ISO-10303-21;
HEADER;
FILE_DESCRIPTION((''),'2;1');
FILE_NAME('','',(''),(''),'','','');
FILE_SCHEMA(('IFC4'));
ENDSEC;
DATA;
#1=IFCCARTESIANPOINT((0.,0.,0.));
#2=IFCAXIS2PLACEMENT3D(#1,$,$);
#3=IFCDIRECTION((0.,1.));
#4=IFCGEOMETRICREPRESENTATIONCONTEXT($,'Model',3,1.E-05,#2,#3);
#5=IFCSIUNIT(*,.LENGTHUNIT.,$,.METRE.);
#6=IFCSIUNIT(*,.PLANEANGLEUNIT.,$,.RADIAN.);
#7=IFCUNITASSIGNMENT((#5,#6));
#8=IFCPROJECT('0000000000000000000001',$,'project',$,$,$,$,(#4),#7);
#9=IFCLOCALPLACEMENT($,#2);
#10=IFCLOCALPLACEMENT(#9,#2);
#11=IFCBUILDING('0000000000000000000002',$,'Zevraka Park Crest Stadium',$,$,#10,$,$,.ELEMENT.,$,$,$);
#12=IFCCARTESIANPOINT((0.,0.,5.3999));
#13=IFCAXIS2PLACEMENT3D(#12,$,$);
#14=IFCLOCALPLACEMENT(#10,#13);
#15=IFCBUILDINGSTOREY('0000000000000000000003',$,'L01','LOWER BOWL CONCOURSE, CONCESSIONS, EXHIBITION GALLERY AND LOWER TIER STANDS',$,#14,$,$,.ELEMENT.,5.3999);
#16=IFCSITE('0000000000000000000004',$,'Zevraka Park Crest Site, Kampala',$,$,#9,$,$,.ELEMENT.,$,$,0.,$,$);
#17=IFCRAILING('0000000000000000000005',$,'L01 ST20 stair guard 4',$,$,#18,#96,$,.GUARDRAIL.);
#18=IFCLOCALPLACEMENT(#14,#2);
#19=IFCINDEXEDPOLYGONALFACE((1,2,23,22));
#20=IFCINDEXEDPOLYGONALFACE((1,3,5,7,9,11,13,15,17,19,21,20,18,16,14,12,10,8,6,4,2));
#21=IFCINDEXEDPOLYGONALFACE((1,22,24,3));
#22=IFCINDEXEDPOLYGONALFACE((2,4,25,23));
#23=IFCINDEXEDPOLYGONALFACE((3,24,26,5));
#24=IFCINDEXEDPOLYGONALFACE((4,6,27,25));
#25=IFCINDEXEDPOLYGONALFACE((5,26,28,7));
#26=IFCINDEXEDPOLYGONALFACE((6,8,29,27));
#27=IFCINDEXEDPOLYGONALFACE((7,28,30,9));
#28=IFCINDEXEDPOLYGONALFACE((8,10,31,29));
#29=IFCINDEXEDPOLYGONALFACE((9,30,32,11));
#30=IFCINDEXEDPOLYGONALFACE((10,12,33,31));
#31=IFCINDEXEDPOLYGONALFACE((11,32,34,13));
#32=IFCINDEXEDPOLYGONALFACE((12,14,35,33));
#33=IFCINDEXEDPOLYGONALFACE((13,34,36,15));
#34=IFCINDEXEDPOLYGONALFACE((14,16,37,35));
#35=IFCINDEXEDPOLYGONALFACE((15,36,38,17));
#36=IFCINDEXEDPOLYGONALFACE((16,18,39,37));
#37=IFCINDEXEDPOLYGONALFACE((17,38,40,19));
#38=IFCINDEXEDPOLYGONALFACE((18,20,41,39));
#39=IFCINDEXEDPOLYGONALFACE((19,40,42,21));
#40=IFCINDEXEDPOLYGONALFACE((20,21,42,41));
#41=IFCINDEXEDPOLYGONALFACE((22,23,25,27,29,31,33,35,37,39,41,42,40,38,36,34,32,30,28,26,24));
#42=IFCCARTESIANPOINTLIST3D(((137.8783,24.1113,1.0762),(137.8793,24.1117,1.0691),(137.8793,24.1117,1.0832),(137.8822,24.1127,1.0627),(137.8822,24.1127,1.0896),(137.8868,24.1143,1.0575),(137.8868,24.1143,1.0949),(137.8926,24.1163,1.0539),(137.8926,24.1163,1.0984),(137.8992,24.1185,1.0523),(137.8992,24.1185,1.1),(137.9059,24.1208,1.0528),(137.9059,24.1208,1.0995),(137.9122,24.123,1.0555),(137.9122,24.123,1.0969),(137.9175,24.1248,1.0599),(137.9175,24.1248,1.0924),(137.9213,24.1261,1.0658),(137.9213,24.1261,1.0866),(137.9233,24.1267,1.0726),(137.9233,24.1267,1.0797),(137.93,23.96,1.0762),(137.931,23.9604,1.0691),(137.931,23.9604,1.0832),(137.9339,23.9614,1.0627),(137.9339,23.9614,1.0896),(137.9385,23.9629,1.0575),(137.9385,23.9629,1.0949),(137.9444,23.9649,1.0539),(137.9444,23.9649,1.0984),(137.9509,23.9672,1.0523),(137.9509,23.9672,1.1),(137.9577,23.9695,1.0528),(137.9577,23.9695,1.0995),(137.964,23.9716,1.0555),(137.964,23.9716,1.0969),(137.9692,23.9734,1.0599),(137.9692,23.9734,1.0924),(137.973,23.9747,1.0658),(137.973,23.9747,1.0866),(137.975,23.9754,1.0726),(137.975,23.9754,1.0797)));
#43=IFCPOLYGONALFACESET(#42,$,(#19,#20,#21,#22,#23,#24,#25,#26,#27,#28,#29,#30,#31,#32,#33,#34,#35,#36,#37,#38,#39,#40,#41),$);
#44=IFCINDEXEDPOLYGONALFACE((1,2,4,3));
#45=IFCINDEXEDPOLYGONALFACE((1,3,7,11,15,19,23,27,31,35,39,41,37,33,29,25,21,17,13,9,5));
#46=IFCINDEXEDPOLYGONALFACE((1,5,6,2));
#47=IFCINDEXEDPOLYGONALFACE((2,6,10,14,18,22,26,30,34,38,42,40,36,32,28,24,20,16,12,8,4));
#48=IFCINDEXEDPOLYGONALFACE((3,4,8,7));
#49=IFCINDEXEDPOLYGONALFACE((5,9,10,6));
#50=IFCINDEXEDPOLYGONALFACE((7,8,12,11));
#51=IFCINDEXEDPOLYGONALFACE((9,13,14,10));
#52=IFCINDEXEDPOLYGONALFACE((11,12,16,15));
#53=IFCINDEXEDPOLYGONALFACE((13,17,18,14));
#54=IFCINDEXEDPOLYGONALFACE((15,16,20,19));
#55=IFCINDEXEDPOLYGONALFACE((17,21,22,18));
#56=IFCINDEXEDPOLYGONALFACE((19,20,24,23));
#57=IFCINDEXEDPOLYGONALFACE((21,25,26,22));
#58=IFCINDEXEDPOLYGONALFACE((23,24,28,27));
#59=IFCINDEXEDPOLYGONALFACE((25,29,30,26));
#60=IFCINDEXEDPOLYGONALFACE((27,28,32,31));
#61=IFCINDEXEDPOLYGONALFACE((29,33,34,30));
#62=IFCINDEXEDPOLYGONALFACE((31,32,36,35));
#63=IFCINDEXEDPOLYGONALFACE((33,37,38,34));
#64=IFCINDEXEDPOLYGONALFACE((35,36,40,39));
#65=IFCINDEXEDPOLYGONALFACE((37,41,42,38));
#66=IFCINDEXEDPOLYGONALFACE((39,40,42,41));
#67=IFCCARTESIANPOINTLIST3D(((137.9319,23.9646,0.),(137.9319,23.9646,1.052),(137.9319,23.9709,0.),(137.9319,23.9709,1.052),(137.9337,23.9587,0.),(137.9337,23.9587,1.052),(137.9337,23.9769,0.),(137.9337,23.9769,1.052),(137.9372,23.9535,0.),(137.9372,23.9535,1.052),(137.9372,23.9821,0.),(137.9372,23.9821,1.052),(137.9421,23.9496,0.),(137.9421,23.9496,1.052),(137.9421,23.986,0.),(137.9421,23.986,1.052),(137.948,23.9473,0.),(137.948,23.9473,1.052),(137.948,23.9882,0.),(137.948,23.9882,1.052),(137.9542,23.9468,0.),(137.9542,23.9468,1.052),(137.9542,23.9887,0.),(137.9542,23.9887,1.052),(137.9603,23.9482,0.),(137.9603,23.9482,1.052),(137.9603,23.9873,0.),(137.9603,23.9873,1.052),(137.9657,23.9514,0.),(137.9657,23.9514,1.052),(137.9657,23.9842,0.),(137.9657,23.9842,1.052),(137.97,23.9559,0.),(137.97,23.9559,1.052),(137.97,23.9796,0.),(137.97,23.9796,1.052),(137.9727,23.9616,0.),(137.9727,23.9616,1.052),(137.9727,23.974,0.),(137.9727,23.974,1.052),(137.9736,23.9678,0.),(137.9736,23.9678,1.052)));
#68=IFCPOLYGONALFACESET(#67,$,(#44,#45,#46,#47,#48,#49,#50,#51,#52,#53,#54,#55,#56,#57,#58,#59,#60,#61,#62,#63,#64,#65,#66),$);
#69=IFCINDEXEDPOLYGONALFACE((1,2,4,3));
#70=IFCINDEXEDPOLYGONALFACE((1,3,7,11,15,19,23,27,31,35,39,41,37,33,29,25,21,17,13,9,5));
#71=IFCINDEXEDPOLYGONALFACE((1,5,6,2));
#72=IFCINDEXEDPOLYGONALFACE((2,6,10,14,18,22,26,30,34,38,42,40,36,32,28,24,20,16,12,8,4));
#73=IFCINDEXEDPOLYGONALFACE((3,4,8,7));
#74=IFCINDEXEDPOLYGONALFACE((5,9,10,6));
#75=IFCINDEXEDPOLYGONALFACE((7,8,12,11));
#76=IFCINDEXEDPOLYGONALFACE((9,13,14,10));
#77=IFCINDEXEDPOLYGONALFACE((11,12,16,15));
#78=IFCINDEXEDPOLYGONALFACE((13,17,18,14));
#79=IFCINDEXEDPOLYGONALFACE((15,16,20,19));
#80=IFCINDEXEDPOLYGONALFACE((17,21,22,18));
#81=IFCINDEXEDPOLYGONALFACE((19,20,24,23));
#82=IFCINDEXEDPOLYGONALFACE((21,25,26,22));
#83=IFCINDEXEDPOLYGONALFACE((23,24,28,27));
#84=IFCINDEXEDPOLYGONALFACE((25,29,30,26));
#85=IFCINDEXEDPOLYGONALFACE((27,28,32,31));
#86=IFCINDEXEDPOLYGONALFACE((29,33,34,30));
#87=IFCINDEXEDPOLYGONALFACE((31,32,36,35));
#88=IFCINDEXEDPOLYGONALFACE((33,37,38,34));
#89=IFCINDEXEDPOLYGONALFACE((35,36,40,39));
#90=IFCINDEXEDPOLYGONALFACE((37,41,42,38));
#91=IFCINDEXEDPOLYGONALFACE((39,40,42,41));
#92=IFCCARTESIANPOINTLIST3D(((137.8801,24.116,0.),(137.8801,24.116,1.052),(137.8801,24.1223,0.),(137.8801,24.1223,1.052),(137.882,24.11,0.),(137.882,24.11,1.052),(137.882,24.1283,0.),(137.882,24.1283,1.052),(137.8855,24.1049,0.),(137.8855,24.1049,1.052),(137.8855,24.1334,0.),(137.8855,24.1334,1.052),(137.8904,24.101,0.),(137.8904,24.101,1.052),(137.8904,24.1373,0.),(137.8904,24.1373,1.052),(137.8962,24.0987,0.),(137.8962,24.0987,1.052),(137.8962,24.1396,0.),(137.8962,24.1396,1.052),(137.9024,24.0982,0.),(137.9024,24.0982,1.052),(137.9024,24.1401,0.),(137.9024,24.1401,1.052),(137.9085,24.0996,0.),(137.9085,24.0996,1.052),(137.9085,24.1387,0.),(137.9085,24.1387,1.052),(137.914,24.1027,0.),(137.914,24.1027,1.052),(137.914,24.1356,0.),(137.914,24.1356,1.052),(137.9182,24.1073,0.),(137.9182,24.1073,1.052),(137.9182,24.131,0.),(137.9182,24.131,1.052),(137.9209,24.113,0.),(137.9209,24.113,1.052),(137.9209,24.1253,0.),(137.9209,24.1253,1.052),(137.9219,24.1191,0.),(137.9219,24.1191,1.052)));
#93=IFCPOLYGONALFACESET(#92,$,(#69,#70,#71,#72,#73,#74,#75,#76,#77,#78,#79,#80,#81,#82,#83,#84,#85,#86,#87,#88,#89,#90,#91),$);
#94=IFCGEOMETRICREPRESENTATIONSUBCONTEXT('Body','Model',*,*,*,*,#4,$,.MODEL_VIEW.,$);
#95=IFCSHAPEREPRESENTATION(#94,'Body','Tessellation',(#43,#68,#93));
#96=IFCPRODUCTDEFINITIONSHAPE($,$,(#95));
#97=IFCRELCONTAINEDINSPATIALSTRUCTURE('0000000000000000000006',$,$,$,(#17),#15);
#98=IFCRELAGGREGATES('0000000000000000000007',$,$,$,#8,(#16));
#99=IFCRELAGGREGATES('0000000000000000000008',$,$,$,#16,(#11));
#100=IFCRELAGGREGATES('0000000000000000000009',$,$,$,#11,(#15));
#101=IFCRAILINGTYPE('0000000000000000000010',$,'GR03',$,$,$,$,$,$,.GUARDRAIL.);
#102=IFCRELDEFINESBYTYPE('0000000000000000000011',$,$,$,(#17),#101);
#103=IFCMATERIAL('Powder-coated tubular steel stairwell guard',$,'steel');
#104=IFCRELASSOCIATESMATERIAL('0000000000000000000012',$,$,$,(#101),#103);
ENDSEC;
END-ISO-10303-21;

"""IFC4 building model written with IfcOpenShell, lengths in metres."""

from ifc_helpers import new_model, si_unit, direction, frame, origin, origin_2d, place, context, subcontext, project, spatial, circle, extrude, material, type_object, element, save


model = new_model("IFC4")

# Units and contexts
model_context = context("Model", 3, precision=1e-05, world=origin(), true_north=direction((0.0, 1.0)))
body_context = subcontext(model_context, "Body", "Model", "MODEL_VIEW")
ifc_project = project(units=[si_unit("LENGTHUNIT", "METRE"), si_unit("PLANEANGLEUNIT", "RADIAN")], contexts=[model_context])

# Site, building, storey
site_placement = place(None, origin())
site = spatial("IfcSite", under=ifc_project, at=site_placement, Name="Zevraka Park Crest Site, Kampala", CompositionType="ELEMENT", RefElevation=0.0)
building_placement = place(site_placement, origin())
building = spatial("IfcBuilding", under=site, at=building_placement, Name="Zevraka Park Crest Stadium", CompositionType="ELEMENT")
storey_placement = place(building_placement, frame((0.0, 0.0, 5.3999)))
storey = spatial("IfcBuildingStorey", under=building, at=storey_placement, Name="L01", Description="LOWER BOWL CONCOURSE, CONCESSIONS, EXHIBITION GALLERY AND LOWER TIER STANDS", CompositionType="ELEMENT", Elevation=5.3999)

# Railing
ifc_material_1 = material(Name="Powder-coated tubular steel stairwell guard", Category="steel")
railing_type_1 = type_object("IfcRailingType", Name="GR03", PredefinedType="GUARDRAIL", material=ifc_material_1)
railing_1_placement = place(storey_placement, frame((137.9526, 23.9678, 0.0)))
element("IfcRailing", 1, at=railing_1_placement, inside=storey, type_object=railing_type_1, Name="L01 ST20 stair guard 4", PredefinedType="GUARDRAIL", context=body_context, shape_type="SweptSolid", body=[
    extrude(circle(Radius=0.0239, at=origin_2d()), frame((0.0, 0.0, 1.0762), z_axis=(-0.323544, 0.946213, 0.0), x_axis=(-0.946213, -0.323544, 0.0)), (0.0, 0.0, 1.0), 0.1599),
    extrude(circle(Radius=0.021, at=origin_2d()), origin(), (0.0, 0.0, 1.0), 1.052),
    extrude(circle(Radius=0.021, at=origin_2d()), frame((-0.0518, 0.1514, 0.0)), (0.0, 0.0, 1.0), 1.052),
])

save(model, "model.ifc")
